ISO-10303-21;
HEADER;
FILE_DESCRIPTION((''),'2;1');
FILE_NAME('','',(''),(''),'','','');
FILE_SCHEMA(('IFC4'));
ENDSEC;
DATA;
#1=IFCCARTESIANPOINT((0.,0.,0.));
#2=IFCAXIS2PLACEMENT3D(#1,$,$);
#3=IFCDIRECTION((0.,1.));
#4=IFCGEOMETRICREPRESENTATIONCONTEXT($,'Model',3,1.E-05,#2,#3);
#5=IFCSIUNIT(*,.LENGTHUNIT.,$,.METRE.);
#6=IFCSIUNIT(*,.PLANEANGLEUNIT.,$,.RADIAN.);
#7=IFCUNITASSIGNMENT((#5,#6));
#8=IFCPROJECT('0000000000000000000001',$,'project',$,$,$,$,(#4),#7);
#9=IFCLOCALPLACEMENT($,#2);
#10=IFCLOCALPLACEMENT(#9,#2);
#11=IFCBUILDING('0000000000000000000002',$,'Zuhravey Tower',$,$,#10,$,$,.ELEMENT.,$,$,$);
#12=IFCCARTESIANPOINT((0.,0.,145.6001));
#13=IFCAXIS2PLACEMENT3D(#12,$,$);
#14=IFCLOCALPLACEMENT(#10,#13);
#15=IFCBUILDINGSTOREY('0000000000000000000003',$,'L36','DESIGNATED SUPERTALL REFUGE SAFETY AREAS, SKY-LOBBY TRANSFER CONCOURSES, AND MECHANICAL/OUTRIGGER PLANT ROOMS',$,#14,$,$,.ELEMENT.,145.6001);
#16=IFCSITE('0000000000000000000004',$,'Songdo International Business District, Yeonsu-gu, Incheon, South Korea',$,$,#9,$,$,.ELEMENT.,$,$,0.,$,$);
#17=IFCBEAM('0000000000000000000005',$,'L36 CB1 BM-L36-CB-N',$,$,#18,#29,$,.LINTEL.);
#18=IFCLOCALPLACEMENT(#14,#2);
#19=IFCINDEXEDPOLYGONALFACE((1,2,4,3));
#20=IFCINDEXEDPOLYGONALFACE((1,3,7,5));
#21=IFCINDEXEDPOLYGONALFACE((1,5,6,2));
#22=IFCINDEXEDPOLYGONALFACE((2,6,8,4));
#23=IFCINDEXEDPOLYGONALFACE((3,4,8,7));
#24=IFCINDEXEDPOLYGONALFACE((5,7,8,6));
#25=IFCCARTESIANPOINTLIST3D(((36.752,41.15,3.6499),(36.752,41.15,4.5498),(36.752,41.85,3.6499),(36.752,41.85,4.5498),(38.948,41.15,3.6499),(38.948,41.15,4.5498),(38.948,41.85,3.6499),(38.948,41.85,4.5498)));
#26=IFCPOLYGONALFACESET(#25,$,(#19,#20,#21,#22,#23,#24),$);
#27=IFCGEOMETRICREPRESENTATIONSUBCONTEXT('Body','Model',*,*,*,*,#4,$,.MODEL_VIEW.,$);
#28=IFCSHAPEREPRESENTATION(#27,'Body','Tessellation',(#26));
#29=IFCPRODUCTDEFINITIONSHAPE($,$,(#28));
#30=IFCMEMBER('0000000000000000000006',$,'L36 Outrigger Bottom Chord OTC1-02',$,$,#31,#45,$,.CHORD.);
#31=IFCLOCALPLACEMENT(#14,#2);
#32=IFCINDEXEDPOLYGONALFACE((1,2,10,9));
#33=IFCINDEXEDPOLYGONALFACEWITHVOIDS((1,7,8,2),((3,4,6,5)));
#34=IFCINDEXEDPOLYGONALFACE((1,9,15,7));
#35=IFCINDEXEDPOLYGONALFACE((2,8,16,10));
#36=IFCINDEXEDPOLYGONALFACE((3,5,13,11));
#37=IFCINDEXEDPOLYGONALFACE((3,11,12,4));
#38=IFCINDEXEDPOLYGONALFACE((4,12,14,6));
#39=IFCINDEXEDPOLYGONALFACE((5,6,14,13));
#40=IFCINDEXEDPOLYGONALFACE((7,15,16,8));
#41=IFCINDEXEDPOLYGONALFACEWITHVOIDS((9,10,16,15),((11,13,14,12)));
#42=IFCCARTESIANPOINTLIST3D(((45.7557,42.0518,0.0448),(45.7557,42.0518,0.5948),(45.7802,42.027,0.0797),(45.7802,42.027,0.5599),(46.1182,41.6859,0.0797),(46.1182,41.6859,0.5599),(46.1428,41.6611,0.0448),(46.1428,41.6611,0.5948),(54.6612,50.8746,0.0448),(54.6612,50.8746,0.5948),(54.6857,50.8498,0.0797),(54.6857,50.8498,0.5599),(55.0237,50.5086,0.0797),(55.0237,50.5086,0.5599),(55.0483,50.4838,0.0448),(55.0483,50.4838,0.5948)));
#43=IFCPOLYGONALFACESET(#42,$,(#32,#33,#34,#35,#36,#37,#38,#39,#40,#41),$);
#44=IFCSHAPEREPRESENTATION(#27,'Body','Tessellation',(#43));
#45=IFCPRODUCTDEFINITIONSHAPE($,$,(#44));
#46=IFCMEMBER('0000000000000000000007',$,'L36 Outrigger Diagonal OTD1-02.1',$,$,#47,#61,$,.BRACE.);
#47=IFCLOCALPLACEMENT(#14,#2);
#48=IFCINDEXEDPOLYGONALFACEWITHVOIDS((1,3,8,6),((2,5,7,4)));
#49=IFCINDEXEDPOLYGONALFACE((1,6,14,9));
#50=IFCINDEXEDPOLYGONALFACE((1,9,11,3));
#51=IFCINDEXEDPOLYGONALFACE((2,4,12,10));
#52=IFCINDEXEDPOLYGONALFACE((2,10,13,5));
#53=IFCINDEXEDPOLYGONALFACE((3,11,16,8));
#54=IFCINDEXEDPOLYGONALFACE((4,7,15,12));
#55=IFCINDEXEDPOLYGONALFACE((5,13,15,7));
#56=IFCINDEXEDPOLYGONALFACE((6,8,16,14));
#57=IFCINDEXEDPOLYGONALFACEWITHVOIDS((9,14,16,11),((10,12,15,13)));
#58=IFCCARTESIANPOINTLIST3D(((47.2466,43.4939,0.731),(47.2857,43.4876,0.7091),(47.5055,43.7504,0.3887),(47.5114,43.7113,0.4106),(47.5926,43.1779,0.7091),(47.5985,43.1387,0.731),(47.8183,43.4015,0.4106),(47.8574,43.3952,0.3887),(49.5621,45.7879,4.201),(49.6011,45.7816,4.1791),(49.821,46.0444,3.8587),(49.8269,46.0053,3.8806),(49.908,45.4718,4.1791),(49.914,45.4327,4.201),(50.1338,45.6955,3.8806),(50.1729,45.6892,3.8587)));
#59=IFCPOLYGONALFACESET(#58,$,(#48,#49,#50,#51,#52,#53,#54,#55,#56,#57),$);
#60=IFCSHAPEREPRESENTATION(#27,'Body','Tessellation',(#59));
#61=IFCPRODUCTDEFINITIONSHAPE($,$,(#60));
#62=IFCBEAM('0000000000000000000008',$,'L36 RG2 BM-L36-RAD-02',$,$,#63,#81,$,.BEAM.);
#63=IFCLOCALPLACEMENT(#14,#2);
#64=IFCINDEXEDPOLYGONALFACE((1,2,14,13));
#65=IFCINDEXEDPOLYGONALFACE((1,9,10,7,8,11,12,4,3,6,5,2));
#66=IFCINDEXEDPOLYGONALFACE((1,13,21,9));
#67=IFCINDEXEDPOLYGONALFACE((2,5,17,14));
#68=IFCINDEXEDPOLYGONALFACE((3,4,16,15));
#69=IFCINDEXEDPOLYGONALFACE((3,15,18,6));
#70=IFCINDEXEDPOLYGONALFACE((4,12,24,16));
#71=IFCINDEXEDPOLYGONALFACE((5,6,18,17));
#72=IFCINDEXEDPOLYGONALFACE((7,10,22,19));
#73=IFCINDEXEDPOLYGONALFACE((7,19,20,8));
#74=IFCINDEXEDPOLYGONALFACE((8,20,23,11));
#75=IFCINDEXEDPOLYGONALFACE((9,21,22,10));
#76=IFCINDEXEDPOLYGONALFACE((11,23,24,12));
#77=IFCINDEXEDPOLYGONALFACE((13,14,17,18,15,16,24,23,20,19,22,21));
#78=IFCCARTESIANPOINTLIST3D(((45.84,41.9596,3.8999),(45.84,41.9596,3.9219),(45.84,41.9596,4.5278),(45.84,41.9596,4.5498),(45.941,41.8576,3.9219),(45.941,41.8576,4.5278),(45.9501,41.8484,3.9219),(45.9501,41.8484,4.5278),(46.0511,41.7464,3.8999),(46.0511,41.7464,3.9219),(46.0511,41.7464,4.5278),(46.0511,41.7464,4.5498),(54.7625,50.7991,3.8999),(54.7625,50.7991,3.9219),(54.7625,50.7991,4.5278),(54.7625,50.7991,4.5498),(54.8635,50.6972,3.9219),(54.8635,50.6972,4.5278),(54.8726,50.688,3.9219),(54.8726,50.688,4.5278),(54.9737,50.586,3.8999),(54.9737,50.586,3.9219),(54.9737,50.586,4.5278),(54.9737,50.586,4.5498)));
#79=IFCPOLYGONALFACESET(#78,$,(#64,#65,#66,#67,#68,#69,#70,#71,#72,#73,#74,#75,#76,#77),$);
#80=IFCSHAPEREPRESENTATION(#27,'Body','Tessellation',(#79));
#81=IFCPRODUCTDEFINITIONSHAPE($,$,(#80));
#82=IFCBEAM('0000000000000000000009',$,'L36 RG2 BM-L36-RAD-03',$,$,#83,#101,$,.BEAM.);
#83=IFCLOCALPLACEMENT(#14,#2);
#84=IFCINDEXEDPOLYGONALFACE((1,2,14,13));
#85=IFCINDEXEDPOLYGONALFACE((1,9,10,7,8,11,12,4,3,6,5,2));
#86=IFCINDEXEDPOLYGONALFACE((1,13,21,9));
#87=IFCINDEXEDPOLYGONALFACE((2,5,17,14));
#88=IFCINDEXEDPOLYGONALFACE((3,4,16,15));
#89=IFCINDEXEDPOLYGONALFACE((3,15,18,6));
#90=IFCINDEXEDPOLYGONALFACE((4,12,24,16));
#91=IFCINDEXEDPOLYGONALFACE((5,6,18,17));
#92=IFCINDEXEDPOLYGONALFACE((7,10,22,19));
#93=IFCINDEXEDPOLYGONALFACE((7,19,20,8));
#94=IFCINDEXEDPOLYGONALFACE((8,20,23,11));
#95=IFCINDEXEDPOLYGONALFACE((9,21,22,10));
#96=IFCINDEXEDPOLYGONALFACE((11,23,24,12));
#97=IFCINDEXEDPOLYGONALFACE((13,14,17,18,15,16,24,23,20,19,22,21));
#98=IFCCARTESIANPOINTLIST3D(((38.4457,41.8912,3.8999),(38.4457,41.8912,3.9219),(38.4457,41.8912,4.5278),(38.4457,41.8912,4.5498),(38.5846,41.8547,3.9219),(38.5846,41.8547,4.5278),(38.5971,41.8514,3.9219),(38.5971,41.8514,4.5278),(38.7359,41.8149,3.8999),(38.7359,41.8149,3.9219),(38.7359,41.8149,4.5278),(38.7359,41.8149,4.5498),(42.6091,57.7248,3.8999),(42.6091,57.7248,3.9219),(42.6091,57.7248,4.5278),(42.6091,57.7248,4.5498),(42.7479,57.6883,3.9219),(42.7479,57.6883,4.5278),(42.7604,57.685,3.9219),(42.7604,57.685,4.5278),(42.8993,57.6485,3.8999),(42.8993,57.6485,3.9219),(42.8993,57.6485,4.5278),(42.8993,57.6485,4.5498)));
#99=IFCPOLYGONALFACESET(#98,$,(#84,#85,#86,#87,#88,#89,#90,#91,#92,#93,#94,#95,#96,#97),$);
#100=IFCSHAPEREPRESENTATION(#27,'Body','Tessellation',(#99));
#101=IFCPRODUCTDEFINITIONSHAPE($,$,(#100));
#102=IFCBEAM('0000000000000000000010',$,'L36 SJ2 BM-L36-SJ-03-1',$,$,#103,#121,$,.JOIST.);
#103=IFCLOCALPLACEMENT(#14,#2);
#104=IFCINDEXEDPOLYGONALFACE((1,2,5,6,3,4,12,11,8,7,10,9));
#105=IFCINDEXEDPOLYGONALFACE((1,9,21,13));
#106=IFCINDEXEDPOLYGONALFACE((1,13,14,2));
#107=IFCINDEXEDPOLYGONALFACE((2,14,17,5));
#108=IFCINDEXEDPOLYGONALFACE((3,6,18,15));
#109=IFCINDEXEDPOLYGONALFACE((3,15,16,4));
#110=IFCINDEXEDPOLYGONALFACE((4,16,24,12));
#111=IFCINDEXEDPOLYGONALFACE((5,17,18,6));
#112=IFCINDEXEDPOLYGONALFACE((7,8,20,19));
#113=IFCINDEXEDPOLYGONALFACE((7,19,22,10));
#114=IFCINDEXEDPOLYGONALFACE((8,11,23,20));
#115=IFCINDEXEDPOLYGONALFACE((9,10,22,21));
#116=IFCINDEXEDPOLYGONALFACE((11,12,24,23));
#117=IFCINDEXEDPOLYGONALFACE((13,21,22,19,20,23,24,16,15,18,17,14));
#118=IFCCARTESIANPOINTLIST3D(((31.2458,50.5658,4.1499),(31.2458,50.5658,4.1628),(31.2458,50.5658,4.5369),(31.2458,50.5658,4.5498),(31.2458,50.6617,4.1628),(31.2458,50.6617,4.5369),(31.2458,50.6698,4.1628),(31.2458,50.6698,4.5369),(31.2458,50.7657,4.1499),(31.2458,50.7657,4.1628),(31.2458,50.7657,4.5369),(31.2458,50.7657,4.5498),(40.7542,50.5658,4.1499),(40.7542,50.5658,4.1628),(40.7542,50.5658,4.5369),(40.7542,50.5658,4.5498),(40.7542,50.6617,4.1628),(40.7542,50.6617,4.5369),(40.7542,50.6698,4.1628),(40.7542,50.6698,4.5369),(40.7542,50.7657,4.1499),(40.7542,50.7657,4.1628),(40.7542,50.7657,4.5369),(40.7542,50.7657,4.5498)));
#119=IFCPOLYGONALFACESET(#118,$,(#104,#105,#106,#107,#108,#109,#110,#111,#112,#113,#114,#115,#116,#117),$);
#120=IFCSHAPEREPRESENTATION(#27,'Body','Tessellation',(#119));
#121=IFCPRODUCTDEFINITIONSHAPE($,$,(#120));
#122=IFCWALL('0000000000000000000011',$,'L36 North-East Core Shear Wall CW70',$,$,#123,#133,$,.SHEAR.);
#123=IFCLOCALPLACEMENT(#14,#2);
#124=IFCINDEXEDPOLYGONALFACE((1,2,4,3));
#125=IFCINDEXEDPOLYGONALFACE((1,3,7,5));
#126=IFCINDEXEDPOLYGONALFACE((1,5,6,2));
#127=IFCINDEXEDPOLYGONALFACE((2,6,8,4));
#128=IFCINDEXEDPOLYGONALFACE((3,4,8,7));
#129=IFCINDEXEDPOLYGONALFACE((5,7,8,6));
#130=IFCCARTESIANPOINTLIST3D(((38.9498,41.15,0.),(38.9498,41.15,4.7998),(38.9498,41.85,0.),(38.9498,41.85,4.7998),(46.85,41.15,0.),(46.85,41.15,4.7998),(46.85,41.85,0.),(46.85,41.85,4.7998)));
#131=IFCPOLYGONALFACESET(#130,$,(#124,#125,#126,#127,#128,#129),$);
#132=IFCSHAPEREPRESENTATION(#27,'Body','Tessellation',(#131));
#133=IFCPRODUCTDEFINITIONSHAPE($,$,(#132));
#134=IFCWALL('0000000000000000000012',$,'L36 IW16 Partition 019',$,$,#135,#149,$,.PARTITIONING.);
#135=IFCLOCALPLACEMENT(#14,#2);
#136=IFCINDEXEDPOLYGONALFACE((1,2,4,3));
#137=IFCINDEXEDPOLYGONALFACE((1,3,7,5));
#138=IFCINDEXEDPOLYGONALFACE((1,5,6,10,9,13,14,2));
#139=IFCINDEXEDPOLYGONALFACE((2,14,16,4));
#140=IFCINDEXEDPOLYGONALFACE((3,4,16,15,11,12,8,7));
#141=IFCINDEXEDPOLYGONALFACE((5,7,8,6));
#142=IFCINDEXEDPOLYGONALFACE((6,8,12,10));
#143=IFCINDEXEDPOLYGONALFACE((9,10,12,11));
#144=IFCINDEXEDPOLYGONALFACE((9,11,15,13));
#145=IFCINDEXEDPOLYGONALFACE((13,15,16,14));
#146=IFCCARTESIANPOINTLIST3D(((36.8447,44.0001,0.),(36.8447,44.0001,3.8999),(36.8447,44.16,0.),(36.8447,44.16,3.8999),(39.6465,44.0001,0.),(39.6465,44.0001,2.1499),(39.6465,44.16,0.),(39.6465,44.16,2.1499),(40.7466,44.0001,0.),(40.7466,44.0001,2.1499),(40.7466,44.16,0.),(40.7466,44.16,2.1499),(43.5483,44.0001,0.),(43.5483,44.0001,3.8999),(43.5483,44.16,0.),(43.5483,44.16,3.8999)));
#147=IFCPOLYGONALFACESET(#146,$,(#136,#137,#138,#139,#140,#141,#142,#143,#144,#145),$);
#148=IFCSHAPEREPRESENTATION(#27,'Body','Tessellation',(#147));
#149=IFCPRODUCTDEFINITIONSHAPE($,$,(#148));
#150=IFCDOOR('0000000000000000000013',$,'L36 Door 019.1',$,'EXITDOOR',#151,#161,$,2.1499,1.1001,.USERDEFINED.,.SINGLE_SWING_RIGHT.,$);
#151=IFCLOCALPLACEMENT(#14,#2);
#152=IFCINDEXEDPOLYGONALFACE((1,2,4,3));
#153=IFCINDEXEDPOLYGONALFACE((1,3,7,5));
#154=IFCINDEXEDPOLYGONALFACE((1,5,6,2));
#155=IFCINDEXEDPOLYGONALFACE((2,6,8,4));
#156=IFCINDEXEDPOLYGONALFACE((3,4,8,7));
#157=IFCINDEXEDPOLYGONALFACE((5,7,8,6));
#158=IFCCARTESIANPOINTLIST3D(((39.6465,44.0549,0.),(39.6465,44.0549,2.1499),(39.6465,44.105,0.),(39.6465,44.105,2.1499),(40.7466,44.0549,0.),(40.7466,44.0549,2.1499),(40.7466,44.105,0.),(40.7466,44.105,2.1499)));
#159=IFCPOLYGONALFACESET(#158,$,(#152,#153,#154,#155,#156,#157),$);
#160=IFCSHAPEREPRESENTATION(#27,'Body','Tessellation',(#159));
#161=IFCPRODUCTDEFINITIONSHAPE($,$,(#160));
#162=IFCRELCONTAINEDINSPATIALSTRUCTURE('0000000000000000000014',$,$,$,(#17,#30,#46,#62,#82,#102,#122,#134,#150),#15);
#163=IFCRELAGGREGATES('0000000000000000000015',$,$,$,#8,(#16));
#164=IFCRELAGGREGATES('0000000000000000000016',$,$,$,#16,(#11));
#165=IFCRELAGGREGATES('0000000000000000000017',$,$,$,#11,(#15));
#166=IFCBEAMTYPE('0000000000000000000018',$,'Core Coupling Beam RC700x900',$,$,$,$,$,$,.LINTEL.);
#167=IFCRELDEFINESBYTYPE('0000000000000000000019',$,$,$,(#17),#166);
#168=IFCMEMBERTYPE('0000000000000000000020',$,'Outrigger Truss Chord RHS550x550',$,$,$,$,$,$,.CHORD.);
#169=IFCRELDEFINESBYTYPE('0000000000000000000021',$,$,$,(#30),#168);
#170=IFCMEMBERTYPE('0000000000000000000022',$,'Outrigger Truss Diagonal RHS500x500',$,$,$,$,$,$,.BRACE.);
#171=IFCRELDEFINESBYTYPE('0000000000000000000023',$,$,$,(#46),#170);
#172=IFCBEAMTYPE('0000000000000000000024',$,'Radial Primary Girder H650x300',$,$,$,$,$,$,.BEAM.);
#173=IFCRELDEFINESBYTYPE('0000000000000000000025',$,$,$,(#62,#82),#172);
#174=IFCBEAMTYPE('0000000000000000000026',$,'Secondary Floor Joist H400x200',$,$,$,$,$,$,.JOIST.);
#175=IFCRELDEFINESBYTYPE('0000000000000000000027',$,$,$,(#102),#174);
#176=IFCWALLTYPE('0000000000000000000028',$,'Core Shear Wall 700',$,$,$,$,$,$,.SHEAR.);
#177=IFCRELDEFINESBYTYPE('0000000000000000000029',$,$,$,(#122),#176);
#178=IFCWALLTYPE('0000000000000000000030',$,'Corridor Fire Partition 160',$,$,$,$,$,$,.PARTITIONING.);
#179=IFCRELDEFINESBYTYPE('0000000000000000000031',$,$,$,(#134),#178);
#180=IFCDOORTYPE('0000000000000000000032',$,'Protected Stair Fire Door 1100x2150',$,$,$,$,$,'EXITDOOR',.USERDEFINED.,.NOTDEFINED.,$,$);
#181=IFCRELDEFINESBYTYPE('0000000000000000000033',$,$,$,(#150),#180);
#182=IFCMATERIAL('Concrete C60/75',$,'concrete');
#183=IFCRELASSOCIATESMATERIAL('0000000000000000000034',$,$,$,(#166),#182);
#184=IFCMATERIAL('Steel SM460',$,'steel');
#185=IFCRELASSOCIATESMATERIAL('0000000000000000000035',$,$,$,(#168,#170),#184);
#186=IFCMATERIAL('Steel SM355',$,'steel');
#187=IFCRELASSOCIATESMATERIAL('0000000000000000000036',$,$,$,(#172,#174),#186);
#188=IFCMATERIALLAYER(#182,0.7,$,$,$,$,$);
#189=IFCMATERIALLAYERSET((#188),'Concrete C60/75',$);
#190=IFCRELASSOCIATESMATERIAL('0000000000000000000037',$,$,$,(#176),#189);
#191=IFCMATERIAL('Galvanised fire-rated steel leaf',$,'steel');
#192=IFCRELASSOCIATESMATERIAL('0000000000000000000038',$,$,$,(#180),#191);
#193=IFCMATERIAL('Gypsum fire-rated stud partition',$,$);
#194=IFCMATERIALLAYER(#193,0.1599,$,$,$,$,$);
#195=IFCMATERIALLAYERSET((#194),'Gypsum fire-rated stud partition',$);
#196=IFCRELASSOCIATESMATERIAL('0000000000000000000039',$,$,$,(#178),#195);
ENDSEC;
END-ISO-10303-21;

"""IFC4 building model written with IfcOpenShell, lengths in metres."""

from ifc_helpers import new_model, si_unit, direction, frame, frame_2d, origin, origin_2d, place, context, subcontext, project, spatial, rectangle, hollow_rectangle, i_section, extrude, material, layer, layer_set, material_profile, profile_set, type_object, element, fill, save


model = new_model("IFC4")

# Units and contexts
model_context = context("Model", 3, precision=1e-05, world=origin(), true_north=direction((0.0, 1.0)))
body_context = subcontext(model_context, "Body", "Model", "MODEL_VIEW")
ifc_project = project(units=[si_unit("LENGTHUNIT", "METRE"), si_unit("PLANEANGLEUNIT", "RADIAN")], contexts=[model_context])

# Site, building, storey
site_placement = place(None, origin())
site = spatial("IfcSite", under=ifc_project, at=site_placement, Name="Songdo International Business District, Yeonsu-gu, Incheon, South Korea", CompositionType="ELEMENT", RefElevation=0.0)
building_placement = place(site_placement, origin())
building = spatial("IfcBuilding", under=site, at=building_placement, Name="Zuhravey Tower", CompositionType="ELEMENT")
storey_placement = place(building_placement, frame((0.0, 0.0, 145.6001)))
storey = spatial("IfcBuildingStorey", under=building, at=storey_placement, Name="L36", Description="DESIGNATED SUPERTALL REFUGE SAFETY AREAS, SKY-LOBBY TRANSFER CONCOURSES, AND MECHANICAL/OUTRIGGER PLANT ROOMS", CompositionType="ELEMENT", Elevation=145.6001)

# Beam
ifc_material_1 = material(Name="Concrete C60/75", Category="concrete")
ifc_material_profile_1 = material_profile(ifc_material_1, rectangle(XDim=0.7, YDim=0.8999, at=origin_2d()), Name="RC-700x900")
ifc_profile_set_1 = profile_set([ifc_material_profile_1], Name="Concrete C60/75")
beam_type_1 = type_object("IfcBeamType", Name="Core Coupling Beam RC700x900", PredefinedType="LINTEL", material=ifc_profile_set_1)
beam_1_placement = place(storey_placement, frame((36.752, 41.5, 4.0999), z_axis=(1.0, 0.0, 0.0), x_axis=(0.0, 1.0, 0.0)))
element("IfcBeam", 1, at=beam_1_placement, inside=storey, type_object=beam_type_1, Name="L36 CB1 BM-L36-CB-N", PredefinedType="LINTEL", context=body_context, shape_type="SweptSolid", body=[
    extrude(rectangle(XDim=0.7, YDim=0.8999, at=origin_2d()), origin(), (0.0, 0.0, 1.0), 2.196),
])

# Members
ifc_material_2 = material(Name="Steel SM460", Category="steel")
ifc_material_profile_2 = material_profile(ifc_material_2, hollow_rectangle(XDim=0.55, YDim=0.55, WallThickness=0.0349, at=origin_2d()), Name="RHS-550x550x35")
ifc_profile_set_2 = profile_set([ifc_material_profile_2], Name="Steel SM460")
member_type_1 = type_object("IfcMemberType", Name="Outrigger Truss Chord RHS550x550", PredefinedType="CHORD", material=ifc_profile_set_2)
member_1_placement = place(storey_placement, frame((45.9492, 41.8564, 0.3198), z_axis=(0.7104, 0.703798, 0.0), x_axis=(-0.703798, 0.7104, 0.0)))
element("IfcMember", 2, at=member_1_placement, inside=storey, type_object=member_type_1, Name="L36 Outrigger Bottom Chord OTC1-02", PredefinedType="CHORD", context=body_context, shape_type="SweptSolid", body=[
    extrude(hollow_rectangle(XDim=0.55, YDim=0.55, WallThickness=0.0349, at=origin_2d()), origin(), (0.0, 0.0, 1.0), 12.5359),
])
ifc_material_profile_3 = material_profile(ifc_material_2, hollow_rectangle(XDim=0.5, YDim=0.5, WallThickness=0.032, at=origin_2d()), Name="RHS-500x500x32")
ifc_profile_set_3 = profile_set([ifc_material_profile_3], Name="Steel SM460")
member_type_2 = type_object("IfcMemberType", Name="Outrigger Truss Diagonal RHS500x500", PredefinedType="BRACE", material=ifc_profile_set_3)
member_2_placement = place(storey_placement, frame((47.552, 43.4446, 0.5598), z_axis=(0.486365, 0.481852, 0.728881), x_axis=(-0.703803, 0.710395, 0.0)))
element("IfcMember", 3, at=member_2_placement, inside=storey, type_object=member_type_2, Name="L36 Outrigger Diagonal OTD1-02.1", PredefinedType="BRACE", context=body_context, shape_type="SweptSolid", body=[
    extrude(hollow_rectangle(XDim=0.5, YDim=0.5, WallThickness=0.032, at=origin_2d()), origin(), (0.0, 0.0, 1.0), 4.7607),
])

# Beams
ifc_material_3 = material(Name="Steel SM355", Category="steel")
ifc_material_profile_4 = material_profile(ifc_material_3, i_section(OverallWidth=0.3, OverallDepth=0.6499, WebThickness=0.0129, FlangeThickness=0.022, at=origin_2d()), Name="H-650x300x13x22")
ifc_profile_set_4 = profile_set([ifc_material_profile_4], Name="Steel SM355")
beam_type_2 = type_object("IfcBeamType", Name="Radial Primary Girder H650x300", PredefinedType="BEAM", material=ifc_profile_set_4)
beam_2_placement = place(storey_placement, frame((45.9456, 41.853, 4.2249), z_axis=(0.710404, 0.703795, 0.0), x_axis=(-0.703795, 0.710404, 0.0)))
element("IfcBeam", 4, at=beam_2_placement, inside=storey, type_object=beam_type_2, Name="L36 RG2 BM-L36-RAD-02", PredefinedType="BEAM", context=body_context, shape_type="SweptSolid", body=[
    extrude(i_section(OverallWidth=0.3, OverallDepth=0.6499, WebThickness=0.0129, FlangeThickness=0.022, at=origin_2d()), origin(), (0.0, 0.0, 1.0), 12.5598),
])
beam_3_placement = place(storey_placement, frame((38.5908, 41.853, 4.2249), z_axis=(0.2543, 0.967125, 0.0), x_axis=(-0.967125, 0.2543, 0.0)))
element("IfcBeam", 5, at=beam_3_placement, inside=storey, type_object=beam_type_2, Name="L36 RG2 BM-L36-RAD-03", PredefinedType="BEAM", context=body_context, shape_type="SweptSolid", body=[
    extrude(i_section(OverallWidth=0.3, OverallDepth=0.6499, WebThickness=0.0129, FlangeThickness=0.022, at=origin_2d()), origin(), (0.0, 0.0, 1.0), 16.3718),
])
ifc_material_profile_5 = material_profile(ifc_material_3, i_section(OverallWidth=0.2, OverallDepth=0.3999, WebThickness=0.0081, FlangeThickness=0.0129, at=origin_2d()), Name="H-400x200x8x13")
ifc_profile_set_5 = profile_set([ifc_material_profile_5], Name="Steel SM355")
beam_type_3 = type_object("IfcBeamType", Name="Secondary Floor Joist H400x200", PredefinedType="JOIST", material=ifc_profile_set_5)
beam_4_placement = place(storey_placement, frame((40.7542, 50.6658, 4.3499), z_axis=(-1.0, 0.0, 0.0), x_axis=(0.0, -1.0, 0.0)))
element("IfcBeam", 6, at=beam_4_placement, inside=storey, type_object=beam_type_3, Name="L36 SJ2 BM-L36-SJ-03-1", PredefinedType="JOIST", context=body_context, shape_type="SweptSolid", body=[
    extrude(i_section(OverallWidth=0.2, OverallDepth=0.3999, WebThickness=0.0081, FlangeThickness=0.0129, at=origin_2d()), origin(), (0.0, 0.0, 1.0), 9.5083),
])

# Wall
ifc_layer_1 = layer(ifc_material_1, 0.7)
ifc_layer_set_1 = layer_set([ifc_layer_1], Name="Concrete C60/75")
wall_type_1 = type_object("IfcWallType", Name="Core Shear Wall 700", PredefinedType="SHEAR", material=ifc_layer_set_1)
wall_1_placement = place(storey_placement, frame((46.8501, 41.5, 0.0), z_axis=(0.0, 0.0, 1.0), x_axis=(-1.0, 0.0, 0.0)))
element("IfcWall", 7, at=wall_1_placement, inside=storey, type_object=wall_type_1, Name="L36 North-East Core Shear Wall CW70", PredefinedType="SHEAR", context=body_context, shape_type="SweptSolid", body=[
    extrude(rectangle(XDim=7.9001, YDim=0.7, at=frame_2d((3.9502, 0.0))), origin(), (0.0, 0.0, 1.0), 4.7998),
])

# Wall, opening, door
ifc_material_4 = material(Name="Galvanised fire-rated steel leaf", Category="steel")
door_type_1 = type_object("IfcDoorType", Name="Protected Stair Fire Door 1100x2150", ElementType="EXITDOOR", OperationType="NOTDEFINED", PredefinedType="USERDEFINED", material=ifc_material_4)
ifc_material_5 = material(Name="Gypsum fire-rated stud partition")
ifc_layer_2 = layer(ifc_material_5, 0.1599)
ifc_layer_set_2 = layer_set([ifc_layer_2], Name="Gypsum fire-rated stud partition")
wall_type_2 = type_object("IfcWallType", Name="Corridor Fire Partition 160", PredefinedType="PARTITIONING", material=ifc_layer_set_2)
wall_2_placement = place(storey_placement, frame((43.5483, 44.0801, 0.0), z_axis=(0.0, 0.0, 1.0), x_axis=(-1.0, 0.0, 0.0)))
wall_2 = element("IfcWall", 8, at=wall_2_placement, inside=storey, type_object=wall_type_2, Name="L36 IW16 Partition 019", PredefinedType="PARTITIONING", context=body_context, shape_type="SweptSolid", body=[
    extrude(rectangle(XDim=6.7036, YDim=0.1599, at=frame_2d((3.3518, 0.0))), origin(), (0.0, 0.0, 1.0), 3.8999),
])
opening_1_placement = place(wall_2_placement, frame((2.8018, 0.0, 0.0)))
opening_1 = element("IfcOpeningElement", 9, at=opening_1_placement, cuts=wall_2, PredefinedType="OPENING", context=body_context, shape_type="SweptSolid", body=[
    extrude(rectangle(XDim=1.1001, YDim=2.1499, at=frame_2d((0.55, 1.075))), frame((0.0, 0.092, 0.0), z_axis=(0.0, -1.0, 0.0), x_axis=(1.0, 0.0, 0.0)), (0.0, 0.0, 1.0), 0.1838),
])
door_1_placement = place(opening_1_placement, frame((1.1001, 0.0, 0.0), z_axis=(0.0, 0.0, 1.0), x_axis=(-1.0, 0.0, 0.0)))
door_1 = element("IfcDoor", 10, at=door_1_placement, inside=storey, type_object=door_type_1, Name="L36 Door 019.1", ObjectType="EXITDOOR", OperationType="SINGLE_SWING_RIGHT", OverallHeight=2.1499, OverallWidth=1.1001, PredefinedType="USERDEFINED", context=body_context, shape_type="SweptSolid", body=[
    extrude(rectangle(XDim=1.1001, YDim=2.1499, at=frame_2d((0.55, 1.075))), frame((0.0, 0.0249, 0.0), z_axis=(0.0, -1.0, 0.0), x_axis=(1.0, 0.0, 0.0)), (0.0, 0.0, 1.0), 0.05),
])
fill(opening_1, door_1)

save(model, "model.ifc")
